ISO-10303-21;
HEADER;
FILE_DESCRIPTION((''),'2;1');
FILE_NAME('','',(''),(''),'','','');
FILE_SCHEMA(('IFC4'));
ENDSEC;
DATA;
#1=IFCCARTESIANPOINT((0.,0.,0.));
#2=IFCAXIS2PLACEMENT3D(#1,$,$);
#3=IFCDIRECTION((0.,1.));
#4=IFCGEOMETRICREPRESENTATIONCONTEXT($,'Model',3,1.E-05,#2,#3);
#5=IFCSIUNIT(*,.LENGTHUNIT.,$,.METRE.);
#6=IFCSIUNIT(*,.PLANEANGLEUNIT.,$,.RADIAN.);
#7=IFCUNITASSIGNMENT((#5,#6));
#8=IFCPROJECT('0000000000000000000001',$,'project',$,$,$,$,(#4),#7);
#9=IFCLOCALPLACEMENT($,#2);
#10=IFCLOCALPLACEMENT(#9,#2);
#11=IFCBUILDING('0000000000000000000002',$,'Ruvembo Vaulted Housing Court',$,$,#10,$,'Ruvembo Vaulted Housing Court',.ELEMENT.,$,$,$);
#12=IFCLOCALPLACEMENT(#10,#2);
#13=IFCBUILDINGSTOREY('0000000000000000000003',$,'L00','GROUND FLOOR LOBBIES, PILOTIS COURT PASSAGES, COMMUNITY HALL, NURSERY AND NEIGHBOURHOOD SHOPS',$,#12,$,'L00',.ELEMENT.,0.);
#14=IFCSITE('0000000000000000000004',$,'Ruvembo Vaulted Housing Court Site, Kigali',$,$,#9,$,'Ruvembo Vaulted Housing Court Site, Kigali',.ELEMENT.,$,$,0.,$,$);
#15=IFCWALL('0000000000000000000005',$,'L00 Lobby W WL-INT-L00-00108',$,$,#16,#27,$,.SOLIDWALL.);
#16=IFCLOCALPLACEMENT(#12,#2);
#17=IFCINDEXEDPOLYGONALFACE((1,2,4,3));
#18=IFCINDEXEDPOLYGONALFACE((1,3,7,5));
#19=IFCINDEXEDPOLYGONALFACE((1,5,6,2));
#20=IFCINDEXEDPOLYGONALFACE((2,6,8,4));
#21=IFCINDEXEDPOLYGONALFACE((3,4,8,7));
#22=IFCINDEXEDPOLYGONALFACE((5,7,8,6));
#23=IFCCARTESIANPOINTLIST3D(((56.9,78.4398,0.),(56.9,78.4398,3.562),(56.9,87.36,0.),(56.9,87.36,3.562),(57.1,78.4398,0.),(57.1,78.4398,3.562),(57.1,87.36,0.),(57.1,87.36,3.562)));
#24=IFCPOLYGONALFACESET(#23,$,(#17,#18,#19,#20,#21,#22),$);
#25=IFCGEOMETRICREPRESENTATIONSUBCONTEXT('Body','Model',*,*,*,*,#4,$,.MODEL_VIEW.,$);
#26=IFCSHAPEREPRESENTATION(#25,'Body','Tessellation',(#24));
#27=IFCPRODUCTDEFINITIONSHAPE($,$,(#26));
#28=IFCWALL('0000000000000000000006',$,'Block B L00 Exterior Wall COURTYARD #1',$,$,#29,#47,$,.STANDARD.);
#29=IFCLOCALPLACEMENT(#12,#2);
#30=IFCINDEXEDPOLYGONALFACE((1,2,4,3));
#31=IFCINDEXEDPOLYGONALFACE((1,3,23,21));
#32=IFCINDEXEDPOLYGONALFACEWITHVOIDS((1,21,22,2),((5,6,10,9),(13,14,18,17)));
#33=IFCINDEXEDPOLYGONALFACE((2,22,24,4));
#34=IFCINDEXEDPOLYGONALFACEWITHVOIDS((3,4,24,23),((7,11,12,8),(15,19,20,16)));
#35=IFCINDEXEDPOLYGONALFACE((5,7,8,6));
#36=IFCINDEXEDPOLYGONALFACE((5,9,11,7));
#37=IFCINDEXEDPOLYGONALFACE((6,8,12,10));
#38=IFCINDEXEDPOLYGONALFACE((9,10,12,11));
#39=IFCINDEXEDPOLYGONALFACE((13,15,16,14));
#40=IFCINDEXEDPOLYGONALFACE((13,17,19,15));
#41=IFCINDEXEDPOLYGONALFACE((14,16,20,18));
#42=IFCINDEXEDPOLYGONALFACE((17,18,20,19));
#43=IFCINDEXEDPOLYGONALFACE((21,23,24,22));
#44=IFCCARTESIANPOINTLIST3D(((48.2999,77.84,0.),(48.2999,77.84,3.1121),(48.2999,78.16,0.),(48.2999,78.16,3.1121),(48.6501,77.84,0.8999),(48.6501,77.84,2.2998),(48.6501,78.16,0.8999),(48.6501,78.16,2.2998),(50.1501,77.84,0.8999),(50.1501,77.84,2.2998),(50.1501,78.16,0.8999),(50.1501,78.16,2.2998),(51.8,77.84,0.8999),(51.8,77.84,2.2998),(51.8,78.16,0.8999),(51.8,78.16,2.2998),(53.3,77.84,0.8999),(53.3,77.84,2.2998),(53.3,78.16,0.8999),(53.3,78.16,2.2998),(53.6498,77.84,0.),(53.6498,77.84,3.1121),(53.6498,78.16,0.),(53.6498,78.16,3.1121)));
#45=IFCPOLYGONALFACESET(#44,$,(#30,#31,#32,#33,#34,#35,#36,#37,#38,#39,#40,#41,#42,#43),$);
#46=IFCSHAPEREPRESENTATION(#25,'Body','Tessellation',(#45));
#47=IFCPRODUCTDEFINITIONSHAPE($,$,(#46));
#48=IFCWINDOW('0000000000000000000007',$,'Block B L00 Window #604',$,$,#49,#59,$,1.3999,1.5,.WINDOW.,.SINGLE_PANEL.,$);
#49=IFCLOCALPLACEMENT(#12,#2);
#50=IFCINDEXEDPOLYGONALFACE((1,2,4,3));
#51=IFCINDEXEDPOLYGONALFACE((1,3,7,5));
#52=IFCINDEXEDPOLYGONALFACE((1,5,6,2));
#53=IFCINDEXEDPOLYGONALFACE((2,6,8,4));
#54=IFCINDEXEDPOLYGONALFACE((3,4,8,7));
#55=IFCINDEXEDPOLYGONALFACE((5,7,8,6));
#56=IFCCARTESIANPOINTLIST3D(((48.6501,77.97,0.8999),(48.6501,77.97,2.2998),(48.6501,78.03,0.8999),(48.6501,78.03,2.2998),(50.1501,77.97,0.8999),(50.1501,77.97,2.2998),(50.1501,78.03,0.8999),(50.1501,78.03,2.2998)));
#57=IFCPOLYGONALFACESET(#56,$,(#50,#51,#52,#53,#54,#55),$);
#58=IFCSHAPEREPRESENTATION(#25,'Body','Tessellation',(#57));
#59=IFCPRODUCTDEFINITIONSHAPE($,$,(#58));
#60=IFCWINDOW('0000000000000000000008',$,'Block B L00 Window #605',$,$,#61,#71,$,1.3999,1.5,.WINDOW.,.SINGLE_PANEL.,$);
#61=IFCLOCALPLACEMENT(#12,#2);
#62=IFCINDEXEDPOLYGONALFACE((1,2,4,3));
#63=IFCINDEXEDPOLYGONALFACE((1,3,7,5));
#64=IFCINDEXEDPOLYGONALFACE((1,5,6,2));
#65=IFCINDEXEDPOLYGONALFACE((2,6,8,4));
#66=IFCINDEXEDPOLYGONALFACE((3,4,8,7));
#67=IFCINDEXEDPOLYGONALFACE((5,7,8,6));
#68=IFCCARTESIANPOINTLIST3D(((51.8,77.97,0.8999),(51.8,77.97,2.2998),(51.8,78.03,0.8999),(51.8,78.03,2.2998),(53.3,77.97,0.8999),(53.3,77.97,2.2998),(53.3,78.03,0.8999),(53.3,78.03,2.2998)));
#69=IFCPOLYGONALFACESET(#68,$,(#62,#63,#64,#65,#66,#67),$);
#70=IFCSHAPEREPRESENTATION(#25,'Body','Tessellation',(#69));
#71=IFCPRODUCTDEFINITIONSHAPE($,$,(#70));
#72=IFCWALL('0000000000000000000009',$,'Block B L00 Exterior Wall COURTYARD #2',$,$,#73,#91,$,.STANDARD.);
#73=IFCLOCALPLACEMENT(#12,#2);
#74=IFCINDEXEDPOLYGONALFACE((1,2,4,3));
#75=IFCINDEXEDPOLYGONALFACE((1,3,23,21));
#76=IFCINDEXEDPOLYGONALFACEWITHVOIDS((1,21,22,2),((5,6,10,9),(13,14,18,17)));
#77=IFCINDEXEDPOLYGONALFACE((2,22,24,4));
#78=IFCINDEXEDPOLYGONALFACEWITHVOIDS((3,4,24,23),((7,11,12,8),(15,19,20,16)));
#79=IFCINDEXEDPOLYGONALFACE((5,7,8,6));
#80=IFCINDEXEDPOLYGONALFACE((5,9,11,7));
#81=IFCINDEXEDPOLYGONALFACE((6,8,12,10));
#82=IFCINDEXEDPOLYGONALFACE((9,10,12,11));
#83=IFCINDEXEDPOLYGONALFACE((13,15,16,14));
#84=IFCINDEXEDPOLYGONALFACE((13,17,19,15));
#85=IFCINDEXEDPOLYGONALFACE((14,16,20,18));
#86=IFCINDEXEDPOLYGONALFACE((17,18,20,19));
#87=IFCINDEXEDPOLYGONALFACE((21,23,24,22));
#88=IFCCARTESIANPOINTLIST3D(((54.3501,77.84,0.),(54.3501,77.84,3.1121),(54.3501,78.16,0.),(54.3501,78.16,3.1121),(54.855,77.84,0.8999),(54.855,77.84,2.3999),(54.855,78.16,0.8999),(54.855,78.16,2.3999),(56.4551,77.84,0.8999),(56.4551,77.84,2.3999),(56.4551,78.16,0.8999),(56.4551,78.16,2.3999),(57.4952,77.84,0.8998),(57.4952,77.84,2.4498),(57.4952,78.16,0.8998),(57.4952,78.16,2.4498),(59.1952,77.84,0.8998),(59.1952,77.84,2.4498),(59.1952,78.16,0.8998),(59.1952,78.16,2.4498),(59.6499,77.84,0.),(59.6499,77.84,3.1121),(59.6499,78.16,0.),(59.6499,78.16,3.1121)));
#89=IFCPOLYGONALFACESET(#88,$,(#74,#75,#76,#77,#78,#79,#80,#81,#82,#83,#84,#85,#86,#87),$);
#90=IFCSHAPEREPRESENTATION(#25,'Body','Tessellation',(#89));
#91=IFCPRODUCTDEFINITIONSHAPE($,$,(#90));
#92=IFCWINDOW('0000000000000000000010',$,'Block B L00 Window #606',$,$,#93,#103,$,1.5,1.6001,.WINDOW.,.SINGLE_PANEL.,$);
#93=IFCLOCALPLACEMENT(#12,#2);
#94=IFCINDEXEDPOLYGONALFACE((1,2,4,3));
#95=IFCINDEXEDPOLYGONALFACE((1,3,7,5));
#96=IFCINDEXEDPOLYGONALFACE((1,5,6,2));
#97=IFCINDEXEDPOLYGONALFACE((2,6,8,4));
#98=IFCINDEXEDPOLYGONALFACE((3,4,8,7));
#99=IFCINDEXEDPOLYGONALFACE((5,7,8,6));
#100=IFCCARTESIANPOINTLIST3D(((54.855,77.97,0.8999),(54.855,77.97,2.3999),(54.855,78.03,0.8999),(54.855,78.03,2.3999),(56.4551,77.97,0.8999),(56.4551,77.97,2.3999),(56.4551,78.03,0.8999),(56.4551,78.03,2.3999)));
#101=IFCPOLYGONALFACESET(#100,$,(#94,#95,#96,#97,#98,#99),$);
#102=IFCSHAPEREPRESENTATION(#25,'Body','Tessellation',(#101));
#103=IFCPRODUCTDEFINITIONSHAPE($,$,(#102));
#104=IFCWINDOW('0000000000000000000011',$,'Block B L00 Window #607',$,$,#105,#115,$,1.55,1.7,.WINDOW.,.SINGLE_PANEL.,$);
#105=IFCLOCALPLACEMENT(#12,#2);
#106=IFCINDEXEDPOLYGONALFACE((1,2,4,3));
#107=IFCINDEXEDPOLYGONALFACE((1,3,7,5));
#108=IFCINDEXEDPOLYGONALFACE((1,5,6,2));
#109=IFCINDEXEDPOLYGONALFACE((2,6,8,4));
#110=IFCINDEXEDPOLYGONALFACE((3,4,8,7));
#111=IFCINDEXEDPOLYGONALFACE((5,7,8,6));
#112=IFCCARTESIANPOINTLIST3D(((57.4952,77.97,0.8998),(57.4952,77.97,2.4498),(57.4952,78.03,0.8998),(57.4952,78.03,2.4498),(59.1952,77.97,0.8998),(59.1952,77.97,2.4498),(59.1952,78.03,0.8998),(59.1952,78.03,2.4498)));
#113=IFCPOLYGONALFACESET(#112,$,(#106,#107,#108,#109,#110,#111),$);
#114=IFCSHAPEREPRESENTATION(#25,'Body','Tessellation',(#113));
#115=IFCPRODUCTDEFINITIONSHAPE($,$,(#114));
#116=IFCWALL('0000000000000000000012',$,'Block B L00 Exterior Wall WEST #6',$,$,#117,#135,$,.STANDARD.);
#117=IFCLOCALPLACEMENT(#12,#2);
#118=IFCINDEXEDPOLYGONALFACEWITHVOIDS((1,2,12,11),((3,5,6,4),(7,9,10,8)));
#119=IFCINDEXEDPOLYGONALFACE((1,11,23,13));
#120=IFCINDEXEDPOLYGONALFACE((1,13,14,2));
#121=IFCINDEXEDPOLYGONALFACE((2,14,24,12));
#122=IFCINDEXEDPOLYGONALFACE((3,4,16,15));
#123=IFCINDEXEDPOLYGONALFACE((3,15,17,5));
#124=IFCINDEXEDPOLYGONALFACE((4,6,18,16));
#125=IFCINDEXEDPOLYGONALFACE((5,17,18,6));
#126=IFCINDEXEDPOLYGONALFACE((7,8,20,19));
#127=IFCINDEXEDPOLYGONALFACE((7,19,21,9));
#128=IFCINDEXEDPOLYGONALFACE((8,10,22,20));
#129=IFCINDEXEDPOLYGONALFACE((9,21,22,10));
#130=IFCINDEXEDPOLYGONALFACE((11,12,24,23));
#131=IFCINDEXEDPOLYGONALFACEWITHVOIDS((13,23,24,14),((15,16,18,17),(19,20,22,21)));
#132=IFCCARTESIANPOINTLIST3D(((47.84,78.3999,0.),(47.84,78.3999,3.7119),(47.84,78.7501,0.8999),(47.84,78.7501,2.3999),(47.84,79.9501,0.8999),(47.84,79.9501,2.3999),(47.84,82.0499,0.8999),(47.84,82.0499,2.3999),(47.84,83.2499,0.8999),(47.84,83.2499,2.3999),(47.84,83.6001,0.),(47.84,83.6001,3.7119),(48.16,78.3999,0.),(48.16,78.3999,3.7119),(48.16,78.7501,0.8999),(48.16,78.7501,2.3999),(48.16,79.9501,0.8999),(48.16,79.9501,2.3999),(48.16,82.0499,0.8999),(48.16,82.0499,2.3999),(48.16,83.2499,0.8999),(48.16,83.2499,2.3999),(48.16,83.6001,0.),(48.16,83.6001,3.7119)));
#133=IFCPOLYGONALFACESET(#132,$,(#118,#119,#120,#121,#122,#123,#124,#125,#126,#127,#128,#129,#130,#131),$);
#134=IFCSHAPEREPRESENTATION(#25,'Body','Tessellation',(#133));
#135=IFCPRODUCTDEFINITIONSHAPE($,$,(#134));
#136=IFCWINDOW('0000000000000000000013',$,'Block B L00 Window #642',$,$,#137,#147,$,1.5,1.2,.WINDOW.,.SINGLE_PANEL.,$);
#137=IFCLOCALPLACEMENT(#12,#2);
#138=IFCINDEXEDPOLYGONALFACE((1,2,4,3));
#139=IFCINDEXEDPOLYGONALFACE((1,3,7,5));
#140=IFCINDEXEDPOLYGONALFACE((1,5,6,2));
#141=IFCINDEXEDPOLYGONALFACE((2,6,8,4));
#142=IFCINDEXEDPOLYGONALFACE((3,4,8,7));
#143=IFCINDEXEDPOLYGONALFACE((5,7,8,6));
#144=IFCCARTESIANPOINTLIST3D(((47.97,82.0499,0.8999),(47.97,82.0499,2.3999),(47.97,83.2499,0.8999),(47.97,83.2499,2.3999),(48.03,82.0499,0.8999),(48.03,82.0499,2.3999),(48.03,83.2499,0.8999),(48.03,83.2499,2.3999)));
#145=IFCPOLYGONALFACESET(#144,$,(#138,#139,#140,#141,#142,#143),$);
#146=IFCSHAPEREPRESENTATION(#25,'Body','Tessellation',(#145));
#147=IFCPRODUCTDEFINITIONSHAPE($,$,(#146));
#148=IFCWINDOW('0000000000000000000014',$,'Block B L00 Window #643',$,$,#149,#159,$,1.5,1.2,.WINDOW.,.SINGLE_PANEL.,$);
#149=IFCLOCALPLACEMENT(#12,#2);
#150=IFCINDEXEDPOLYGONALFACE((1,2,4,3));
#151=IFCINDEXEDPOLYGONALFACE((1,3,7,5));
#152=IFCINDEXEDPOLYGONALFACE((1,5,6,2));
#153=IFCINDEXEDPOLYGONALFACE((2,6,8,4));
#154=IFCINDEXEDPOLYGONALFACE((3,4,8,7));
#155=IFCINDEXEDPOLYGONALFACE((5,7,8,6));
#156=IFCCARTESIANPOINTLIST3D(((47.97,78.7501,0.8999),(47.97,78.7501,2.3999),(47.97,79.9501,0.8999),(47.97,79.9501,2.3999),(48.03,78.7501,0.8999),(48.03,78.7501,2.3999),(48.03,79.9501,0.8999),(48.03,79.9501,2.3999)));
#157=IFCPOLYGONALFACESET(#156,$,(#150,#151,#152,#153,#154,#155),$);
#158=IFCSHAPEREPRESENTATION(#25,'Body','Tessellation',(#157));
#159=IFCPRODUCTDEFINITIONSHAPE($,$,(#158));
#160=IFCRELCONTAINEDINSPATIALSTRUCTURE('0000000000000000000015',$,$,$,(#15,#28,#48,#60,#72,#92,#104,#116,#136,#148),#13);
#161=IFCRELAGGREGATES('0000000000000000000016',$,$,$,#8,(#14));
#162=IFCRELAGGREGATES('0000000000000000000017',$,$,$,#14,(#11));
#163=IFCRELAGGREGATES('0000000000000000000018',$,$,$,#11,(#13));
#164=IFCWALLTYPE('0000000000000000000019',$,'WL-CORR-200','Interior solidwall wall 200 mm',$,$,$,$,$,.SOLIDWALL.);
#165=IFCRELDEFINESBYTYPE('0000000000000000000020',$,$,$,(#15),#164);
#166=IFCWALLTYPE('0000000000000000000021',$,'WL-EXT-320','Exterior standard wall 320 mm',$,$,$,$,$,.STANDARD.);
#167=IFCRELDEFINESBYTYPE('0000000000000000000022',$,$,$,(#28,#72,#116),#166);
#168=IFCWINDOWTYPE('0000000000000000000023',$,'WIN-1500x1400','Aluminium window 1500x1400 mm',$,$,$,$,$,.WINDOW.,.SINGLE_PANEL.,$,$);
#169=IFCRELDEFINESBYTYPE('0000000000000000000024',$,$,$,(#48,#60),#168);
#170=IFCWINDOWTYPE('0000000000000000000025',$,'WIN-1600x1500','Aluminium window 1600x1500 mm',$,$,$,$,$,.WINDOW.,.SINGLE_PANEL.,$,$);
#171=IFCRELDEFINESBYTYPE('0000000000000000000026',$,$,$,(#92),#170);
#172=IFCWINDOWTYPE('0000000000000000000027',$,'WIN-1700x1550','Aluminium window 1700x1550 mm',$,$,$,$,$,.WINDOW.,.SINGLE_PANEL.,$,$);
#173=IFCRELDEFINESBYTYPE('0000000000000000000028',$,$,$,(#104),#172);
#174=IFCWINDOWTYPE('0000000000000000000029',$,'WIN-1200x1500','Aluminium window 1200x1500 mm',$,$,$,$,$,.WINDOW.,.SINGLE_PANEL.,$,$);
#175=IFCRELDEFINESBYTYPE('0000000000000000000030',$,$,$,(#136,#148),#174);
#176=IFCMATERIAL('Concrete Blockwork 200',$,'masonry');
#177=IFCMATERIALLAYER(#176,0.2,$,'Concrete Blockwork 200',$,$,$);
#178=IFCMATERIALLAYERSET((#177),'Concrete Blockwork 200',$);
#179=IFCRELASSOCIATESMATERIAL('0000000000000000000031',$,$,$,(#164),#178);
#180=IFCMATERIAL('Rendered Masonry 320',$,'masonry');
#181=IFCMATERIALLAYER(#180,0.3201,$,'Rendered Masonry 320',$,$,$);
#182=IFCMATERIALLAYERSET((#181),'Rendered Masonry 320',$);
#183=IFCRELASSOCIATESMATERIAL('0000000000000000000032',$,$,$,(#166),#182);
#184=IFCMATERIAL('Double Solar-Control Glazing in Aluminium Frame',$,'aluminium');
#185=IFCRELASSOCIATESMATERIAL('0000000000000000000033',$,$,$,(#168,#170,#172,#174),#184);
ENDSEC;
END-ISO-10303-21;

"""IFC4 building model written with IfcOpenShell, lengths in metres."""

from ifc_helpers import new_model, si_unit, direction, frame, frame_2d, origin, place, context, subcontext, project, spatial, rectangle, extrude, material, layer, layer_set, type_object, element, fill, save


model = new_model("IFC4")

# Units and contexts
model_context = context("Model", 3, precision=1e-05, world=origin(), true_north=direction((0.0, 1.0)))
body_context = subcontext(model_context, "Body", "Model", "MODEL_VIEW")
ifc_project = project(units=[si_unit("LENGTHUNIT", "METRE"), si_unit("PLANEANGLEUNIT", "RADIAN")], contexts=[model_context])

# Site, building, storey
site_placement = place(None, origin())
site = spatial("IfcSite", under=ifc_project, at=site_placement, Name="Ruvembo Vaulted Housing Court Site, Kigali", LongName="Ruvembo Vaulted Housing Court Site, Kigali", CompositionType="ELEMENT", RefElevation=0.0)
building_placement = place(site_placement, origin())
building = spatial("IfcBuilding", under=site, at=building_placement, Name="Ruvembo Vaulted Housing Court", LongName="Ruvembo Vaulted Housing Court", CompositionType="ELEMENT")
storey_placement = place(building_placement, origin())
storey = spatial("IfcBuildingStorey", under=building, at=storey_placement, Name="L00", Description="GROUND FLOOR LOBBIES, PILOTIS COURT PASSAGES, COMMUNITY HALL, NURSERY AND NEIGHBOURHOOD SHOPS", LongName="L00", CompositionType="ELEMENT", Elevation=0.0)

# Wall
ifc_material_1 = material(Name="Concrete Blockwork 200", Category="masonry")
ifc_layer_1 = layer(ifc_material_1, 0.2, Name="Concrete Blockwork 200")
ifc_layer_set_1 = layer_set([ifc_layer_1], Name="Concrete Blockwork 200")
wall_type_1 = type_object("IfcWallType", Name="WL-CORR-200", Description="Interior solidwall wall 200 mm", PredefinedType="SOLIDWALL", material=ifc_layer_set_1)
wall_1_placement = place(storey_placement, frame((57.0, 78.4399, 0.0), z_axis=(0.0, 0.0, 1.0), x_axis=(0.0, 1.0, 0.0)))
element("IfcWall", 1, at=wall_1_placement, inside=storey, type_object=wall_type_1, Name="L00 Lobby W WL-INT-L00-00108", PredefinedType="SOLIDWALL", context=body_context, shape_type="SweptSolid", body=[
    extrude(rectangle(XDim=8.9202, YDim=0.2, at=frame_2d((4.46, 0.0))), origin(), (0.0, 0.0, 1.0), 3.562),
])

# Walls, openings, windows
ifc_material_2 = material(Name="Rendered Masonry 320", Category="masonry")
ifc_layer_2 = layer(ifc_material_2, 0.3201, Name="Rendered Masonry 320")
ifc_layer_set_2 = layer_set([ifc_layer_2], Name="Rendered Masonry 320")
wall_type_2 = type_object("IfcWallType", Name="WL-EXT-320", Description="Exterior standard wall 320 mm", PredefinedType="STANDARD", material=ifc_layer_set_2)
wall_2_placement = place(storey_placement, frame((48.3, 78.0, 0.0), z_axis=(0.0, 0.0, 1.0), x_axis=(1.0, 0.0, 0.0)))
wall_2 = element("IfcWall", 2, at=wall_2_placement, inside=storey, type_object=wall_type_2, Name="Block B L00 Exterior Wall COURTYARD #1", PredefinedType="STANDARD", context=body_context, shape_type="SweptSolid", body=[
    extrude(rectangle(XDim=5.3499, YDim=0.3201, at=frame_2d((2.6748, 0.0))), origin(), (0.0, 0.0, 1.0), 3.1121),
])
opening_1_placement = place(wall_2_placement, frame((0.3501, 0.0, 0.8999)))
opening_1 = element("IfcOpeningElement", 3, at=opening_1_placement, cuts=wall_2, PredefinedType="OPENING", context=body_context, shape_type="SweptSolid", body=[
    extrude(rectangle(XDim=1.5, YDim=1.3999, at=frame_2d((0.75, 0.7))), frame((0.0, 0.1699, 0.0), z_axis=(0.0, -1.0, 0.0), x_axis=(1.0, 0.0, 0.0)), (0.0, 0.0, 1.0), 0.3401),
])
opening_2_placement = place(wall_2_placement, frame((3.5, 0.0, 0.8999)))
opening_2 = element("IfcOpeningElement", 4, at=opening_2_placement, cuts=wall_2, PredefinedType="OPENING", context=body_context, shape_type="SweptSolid", body=[
    extrude(rectangle(XDim=1.5, YDim=1.3999, at=frame_2d((0.75, 0.7))), frame((0.0, 0.1699, 0.0), z_axis=(0.0, -1.0, 0.0), x_axis=(1.0, 0.0, 0.0)), (0.0, 0.0, 1.0), 0.3401),
])
ifc_material_3 = material(Name="Double Solar-Control Glazing in Aluminium Frame", Category="aluminium")
window_type_1 = type_object("IfcWindowType", Name="WIN-1500x1400", Description="Aluminium window 1500x1400 mm", PartitioningType="SINGLE_PANEL", PredefinedType="WINDOW", material=ifc_material_3)
window_1_placement = place(opening_1_placement, origin())
window_1 = element("IfcWindow", 5, at=window_1_placement, inside=storey, type_object=window_type_1, Name="Block B L00 Window #604", OverallHeight=1.3999, OverallWidth=1.5, PartitioningType="SINGLE_PANEL", PredefinedType="WINDOW", context=body_context, shape_type="SweptSolid", body=[
    extrude(rectangle(XDim=1.5, YDim=1.3999, at=frame_2d((0.75, 0.7))), frame((0.0, 0.03, 0.0), z_axis=(0.0, -1.0, 0.0), x_axis=(1.0, 0.0, 0.0)), (0.0, 0.0, 1.0), 0.0601),
])
fill(opening_1, window_1)
window_2_placement = place(opening_2_placement, origin())
window_2 = element("IfcWindow", 6, at=window_2_placement, inside=storey, type_object=window_type_1, Name="Block B L00 Window #605", OverallHeight=1.3999, OverallWidth=1.5, PartitioningType="SINGLE_PANEL", PredefinedType="WINDOW", context=body_context, shape_type="SweptSolid", body=[
    extrude(rectangle(XDim=1.5, YDim=1.3999, at=frame_2d((0.75, 0.7))), frame((0.0, 0.03, 0.0), z_axis=(0.0, -1.0, 0.0), x_axis=(1.0, 0.0, 0.0)), (0.0, 0.0, 1.0), 0.0601),
])
fill(opening_2, window_2)
wall_3_placement = place(storey_placement, frame((54.3501, 78.0, 0.0), z_axis=(0.0, 0.0, 1.0), x_axis=(1.0, 0.0, 0.0)))
wall_3 = element("IfcWall", 7, at=wall_3_placement, inside=storey, type_object=wall_type_2, Name="Block B L00 Exterior Wall COURTYARD #2", PredefinedType="STANDARD", context=body_context, shape_type="SweptSolid", body=[
    extrude(rectangle(XDim=5.2998, YDim=0.3201, at=frame_2d((2.6499, 0.0))), origin(), (0.0, 0.0, 1.0), 3.1121),
])
opening_3_placement = place(wall_3_placement, frame((0.5049, 0.0, 0.8999)))
opening_3 = element("IfcOpeningElement", 8, at=opening_3_placement, cuts=wall_3, PredefinedType="OPENING", context=body_context, shape_type="SweptSolid", body=[
    extrude(rectangle(XDim=1.6001, YDim=1.5, at=frame_2d((0.8, 0.75))), frame((0.0, 0.1699, 0.0), z_axis=(0.0, -1.0, 0.0), x_axis=(1.0, 0.0, 0.0)), (0.0, 0.0, 1.0), 0.3401),
])
opening_4_placement = place(wall_3_placement, frame((3.145, 0.0, 0.8999)))
opening_4 = element("IfcOpeningElement", 9, at=opening_4_placement, cuts=wall_3, PredefinedType="OPENING", context=body_context, shape_type="SweptSolid", body=[
    extrude(rectangle(XDim=1.7, YDim=1.55, at=frame_2d((0.8501, 0.7749))), frame((0.0, 0.1699, 0.0), z_axis=(0.0, -1.0, 0.0), x_axis=(1.0, 0.0, 0.0)), (0.0, 0.0, 1.0), 0.3401),
])
window_type_2 = type_object("IfcWindowType", Name="WIN-1600x1500", Description="Aluminium window 1600x1500 mm", PartitioningType="SINGLE_PANEL", PredefinedType="WINDOW", material=ifc_material_3)
window_3_placement = place(opening_3_placement, origin())
window_3 = element("IfcWindow", 10, at=window_3_placement, inside=storey, type_object=window_type_2, Name="Block B L00 Window #606", OverallHeight=1.5, OverallWidth=1.6001, PartitioningType="SINGLE_PANEL", PredefinedType="WINDOW", context=body_context, shape_type="SweptSolid", body=[
    extrude(rectangle(XDim=1.6001, YDim=1.5, at=frame_2d((0.8, 0.75))), frame((0.0, 0.03, 0.0), z_axis=(0.0, -1.0, 0.0), x_axis=(1.0, 0.0, 0.0)), (0.0, 0.0, 1.0), 0.0601),
])
fill(opening_3, window_3)
window_type_3 = type_object("IfcWindowType", Name="WIN-1700x1550", Description="Aluminium window 1700x1550 mm", PartitioningType="SINGLE_PANEL", PredefinedType="WINDOW", material=ifc_material_3)
window_4_placement = place(opening_4_placement, origin())
window_4 = element("IfcWindow", 11, at=window_4_placement, inside=storey, type_object=window_type_3, Name="Block B L00 Window #607", OverallHeight=1.55, OverallWidth=1.7, PartitioningType="SINGLE_PANEL", PredefinedType="WINDOW", context=body_context, shape_type="SweptSolid", body=[
    extrude(rectangle(XDim=1.7, YDim=1.55, at=frame_2d((0.8501, 0.7749))), frame((0.0, 0.03, 0.0), z_axis=(0.0, -1.0, 0.0), x_axis=(1.0, 0.0, 0.0)), (0.0, 0.0, 1.0), 0.0601),
])
fill(opening_4, window_4)
wall_4_placement = place(storey_placement, frame((48.0, 83.6001, 0.0), z_axis=(0.0, 0.0, 1.0), x_axis=(0.0, -1.0, 0.0)))
wall_4 = element("IfcWall", 12, at=wall_4_placement, inside=storey, type_object=wall_type_2, Name="Block B L00 Exterior Wall WEST #6", PredefinedType="STANDARD", context=body_context, shape_type="SweptSolid", body=[
    extrude(rectangle(XDim=5.2002, YDim=0.3201, at=frame_2d((2.6001, 0.0))), origin(), (0.0, 0.0, 1.0), 3.7119),
])
opening_5_placement = place(wall_4_placement, frame((0.3501, 0.0, 0.8999)))
opening_5 = element("IfcOpeningElement", 13, at=opening_5_placement, cuts=wall_4, PredefinedType="OPENING", context=body_context, shape_type="SweptSolid", body=[
    extrude(rectangle(XDim=1.2, YDim=1.5, at=frame_2d((0.6001, 0.75))), frame((0.0, 0.1699, 0.0), z_axis=(0.0, -1.0, 0.0), x_axis=(1.0, 0.0, 0.0)), (0.0, 0.0, 1.0), 0.3401),
])
opening_6_placement = place(wall_4_placement, frame((3.6499, 0.0, 0.8999)))
opening_6 = element("IfcOpeningElement", 14, at=opening_6_placement, cuts=wall_4, PredefinedType="OPENING", context=body_context, shape_type="SweptSolid", body=[
    extrude(rectangle(XDim=1.2, YDim=1.5, at=frame_2d((0.6001, 0.75))), frame((0.0, 0.1699, 0.0), z_axis=(0.0, -1.0, 0.0), x_axis=(1.0, 0.0, 0.0)), (0.0, 0.0, 1.0), 0.3401),
])
window_type_4 = type_object("IfcWindowType", Name="WIN-1200x1500", Description="Aluminium window 1200x1500 mm", PartitioningType="SINGLE_PANEL", PredefinedType="WINDOW", material=ifc_material_3)
window_5_placement = place(opening_5_placement, origin())
window_5 = element("IfcWindow", 15, at=window_5_placement, inside=storey, type_object=window_type_4, Name="Block B L00 Window #642", OverallHeight=1.5, OverallWidth=1.2, PartitioningType="SINGLE_PANEL", PredefinedType="WINDOW", context=body_context, shape_type="SweptSolid", body=[
    extrude(rectangle(XDim=1.2, YDim=1.5, at=frame_2d((0.6001, 0.75))), frame((0.0, 0.03, 0.0), z_axis=(0.0, -1.0, 0.0), x_axis=(1.0, 0.0, 0.0)), (0.0, 0.0, 1.0), 0.0601),
])
fill(opening_5, window_5)
window_6_placement = place(opening_6_placement, origin())
window_6 = element("IfcWindow", 16, at=window_6_placement, inside=storey, type_object=window_type_4, Name="Block B L00 Window #643", OverallHeight=1.5, OverallWidth=1.2, PartitioningType="SINGLE_PANEL", PredefinedType="WINDOW", context=body_context, shape_type="SweptSolid", body=[
    extrude(rectangle(XDim=1.2, YDim=1.5, at=frame_2d((0.6001, 0.75))), frame((0.0, 0.03, 0.0), z_axis=(0.0, -1.0, 0.0), x_axis=(1.0, 0.0, 0.0)), (0.0, 0.0, 1.0), 0.0601),
])
fill(opening_6, window_6)

save(model, "model.ifc")
